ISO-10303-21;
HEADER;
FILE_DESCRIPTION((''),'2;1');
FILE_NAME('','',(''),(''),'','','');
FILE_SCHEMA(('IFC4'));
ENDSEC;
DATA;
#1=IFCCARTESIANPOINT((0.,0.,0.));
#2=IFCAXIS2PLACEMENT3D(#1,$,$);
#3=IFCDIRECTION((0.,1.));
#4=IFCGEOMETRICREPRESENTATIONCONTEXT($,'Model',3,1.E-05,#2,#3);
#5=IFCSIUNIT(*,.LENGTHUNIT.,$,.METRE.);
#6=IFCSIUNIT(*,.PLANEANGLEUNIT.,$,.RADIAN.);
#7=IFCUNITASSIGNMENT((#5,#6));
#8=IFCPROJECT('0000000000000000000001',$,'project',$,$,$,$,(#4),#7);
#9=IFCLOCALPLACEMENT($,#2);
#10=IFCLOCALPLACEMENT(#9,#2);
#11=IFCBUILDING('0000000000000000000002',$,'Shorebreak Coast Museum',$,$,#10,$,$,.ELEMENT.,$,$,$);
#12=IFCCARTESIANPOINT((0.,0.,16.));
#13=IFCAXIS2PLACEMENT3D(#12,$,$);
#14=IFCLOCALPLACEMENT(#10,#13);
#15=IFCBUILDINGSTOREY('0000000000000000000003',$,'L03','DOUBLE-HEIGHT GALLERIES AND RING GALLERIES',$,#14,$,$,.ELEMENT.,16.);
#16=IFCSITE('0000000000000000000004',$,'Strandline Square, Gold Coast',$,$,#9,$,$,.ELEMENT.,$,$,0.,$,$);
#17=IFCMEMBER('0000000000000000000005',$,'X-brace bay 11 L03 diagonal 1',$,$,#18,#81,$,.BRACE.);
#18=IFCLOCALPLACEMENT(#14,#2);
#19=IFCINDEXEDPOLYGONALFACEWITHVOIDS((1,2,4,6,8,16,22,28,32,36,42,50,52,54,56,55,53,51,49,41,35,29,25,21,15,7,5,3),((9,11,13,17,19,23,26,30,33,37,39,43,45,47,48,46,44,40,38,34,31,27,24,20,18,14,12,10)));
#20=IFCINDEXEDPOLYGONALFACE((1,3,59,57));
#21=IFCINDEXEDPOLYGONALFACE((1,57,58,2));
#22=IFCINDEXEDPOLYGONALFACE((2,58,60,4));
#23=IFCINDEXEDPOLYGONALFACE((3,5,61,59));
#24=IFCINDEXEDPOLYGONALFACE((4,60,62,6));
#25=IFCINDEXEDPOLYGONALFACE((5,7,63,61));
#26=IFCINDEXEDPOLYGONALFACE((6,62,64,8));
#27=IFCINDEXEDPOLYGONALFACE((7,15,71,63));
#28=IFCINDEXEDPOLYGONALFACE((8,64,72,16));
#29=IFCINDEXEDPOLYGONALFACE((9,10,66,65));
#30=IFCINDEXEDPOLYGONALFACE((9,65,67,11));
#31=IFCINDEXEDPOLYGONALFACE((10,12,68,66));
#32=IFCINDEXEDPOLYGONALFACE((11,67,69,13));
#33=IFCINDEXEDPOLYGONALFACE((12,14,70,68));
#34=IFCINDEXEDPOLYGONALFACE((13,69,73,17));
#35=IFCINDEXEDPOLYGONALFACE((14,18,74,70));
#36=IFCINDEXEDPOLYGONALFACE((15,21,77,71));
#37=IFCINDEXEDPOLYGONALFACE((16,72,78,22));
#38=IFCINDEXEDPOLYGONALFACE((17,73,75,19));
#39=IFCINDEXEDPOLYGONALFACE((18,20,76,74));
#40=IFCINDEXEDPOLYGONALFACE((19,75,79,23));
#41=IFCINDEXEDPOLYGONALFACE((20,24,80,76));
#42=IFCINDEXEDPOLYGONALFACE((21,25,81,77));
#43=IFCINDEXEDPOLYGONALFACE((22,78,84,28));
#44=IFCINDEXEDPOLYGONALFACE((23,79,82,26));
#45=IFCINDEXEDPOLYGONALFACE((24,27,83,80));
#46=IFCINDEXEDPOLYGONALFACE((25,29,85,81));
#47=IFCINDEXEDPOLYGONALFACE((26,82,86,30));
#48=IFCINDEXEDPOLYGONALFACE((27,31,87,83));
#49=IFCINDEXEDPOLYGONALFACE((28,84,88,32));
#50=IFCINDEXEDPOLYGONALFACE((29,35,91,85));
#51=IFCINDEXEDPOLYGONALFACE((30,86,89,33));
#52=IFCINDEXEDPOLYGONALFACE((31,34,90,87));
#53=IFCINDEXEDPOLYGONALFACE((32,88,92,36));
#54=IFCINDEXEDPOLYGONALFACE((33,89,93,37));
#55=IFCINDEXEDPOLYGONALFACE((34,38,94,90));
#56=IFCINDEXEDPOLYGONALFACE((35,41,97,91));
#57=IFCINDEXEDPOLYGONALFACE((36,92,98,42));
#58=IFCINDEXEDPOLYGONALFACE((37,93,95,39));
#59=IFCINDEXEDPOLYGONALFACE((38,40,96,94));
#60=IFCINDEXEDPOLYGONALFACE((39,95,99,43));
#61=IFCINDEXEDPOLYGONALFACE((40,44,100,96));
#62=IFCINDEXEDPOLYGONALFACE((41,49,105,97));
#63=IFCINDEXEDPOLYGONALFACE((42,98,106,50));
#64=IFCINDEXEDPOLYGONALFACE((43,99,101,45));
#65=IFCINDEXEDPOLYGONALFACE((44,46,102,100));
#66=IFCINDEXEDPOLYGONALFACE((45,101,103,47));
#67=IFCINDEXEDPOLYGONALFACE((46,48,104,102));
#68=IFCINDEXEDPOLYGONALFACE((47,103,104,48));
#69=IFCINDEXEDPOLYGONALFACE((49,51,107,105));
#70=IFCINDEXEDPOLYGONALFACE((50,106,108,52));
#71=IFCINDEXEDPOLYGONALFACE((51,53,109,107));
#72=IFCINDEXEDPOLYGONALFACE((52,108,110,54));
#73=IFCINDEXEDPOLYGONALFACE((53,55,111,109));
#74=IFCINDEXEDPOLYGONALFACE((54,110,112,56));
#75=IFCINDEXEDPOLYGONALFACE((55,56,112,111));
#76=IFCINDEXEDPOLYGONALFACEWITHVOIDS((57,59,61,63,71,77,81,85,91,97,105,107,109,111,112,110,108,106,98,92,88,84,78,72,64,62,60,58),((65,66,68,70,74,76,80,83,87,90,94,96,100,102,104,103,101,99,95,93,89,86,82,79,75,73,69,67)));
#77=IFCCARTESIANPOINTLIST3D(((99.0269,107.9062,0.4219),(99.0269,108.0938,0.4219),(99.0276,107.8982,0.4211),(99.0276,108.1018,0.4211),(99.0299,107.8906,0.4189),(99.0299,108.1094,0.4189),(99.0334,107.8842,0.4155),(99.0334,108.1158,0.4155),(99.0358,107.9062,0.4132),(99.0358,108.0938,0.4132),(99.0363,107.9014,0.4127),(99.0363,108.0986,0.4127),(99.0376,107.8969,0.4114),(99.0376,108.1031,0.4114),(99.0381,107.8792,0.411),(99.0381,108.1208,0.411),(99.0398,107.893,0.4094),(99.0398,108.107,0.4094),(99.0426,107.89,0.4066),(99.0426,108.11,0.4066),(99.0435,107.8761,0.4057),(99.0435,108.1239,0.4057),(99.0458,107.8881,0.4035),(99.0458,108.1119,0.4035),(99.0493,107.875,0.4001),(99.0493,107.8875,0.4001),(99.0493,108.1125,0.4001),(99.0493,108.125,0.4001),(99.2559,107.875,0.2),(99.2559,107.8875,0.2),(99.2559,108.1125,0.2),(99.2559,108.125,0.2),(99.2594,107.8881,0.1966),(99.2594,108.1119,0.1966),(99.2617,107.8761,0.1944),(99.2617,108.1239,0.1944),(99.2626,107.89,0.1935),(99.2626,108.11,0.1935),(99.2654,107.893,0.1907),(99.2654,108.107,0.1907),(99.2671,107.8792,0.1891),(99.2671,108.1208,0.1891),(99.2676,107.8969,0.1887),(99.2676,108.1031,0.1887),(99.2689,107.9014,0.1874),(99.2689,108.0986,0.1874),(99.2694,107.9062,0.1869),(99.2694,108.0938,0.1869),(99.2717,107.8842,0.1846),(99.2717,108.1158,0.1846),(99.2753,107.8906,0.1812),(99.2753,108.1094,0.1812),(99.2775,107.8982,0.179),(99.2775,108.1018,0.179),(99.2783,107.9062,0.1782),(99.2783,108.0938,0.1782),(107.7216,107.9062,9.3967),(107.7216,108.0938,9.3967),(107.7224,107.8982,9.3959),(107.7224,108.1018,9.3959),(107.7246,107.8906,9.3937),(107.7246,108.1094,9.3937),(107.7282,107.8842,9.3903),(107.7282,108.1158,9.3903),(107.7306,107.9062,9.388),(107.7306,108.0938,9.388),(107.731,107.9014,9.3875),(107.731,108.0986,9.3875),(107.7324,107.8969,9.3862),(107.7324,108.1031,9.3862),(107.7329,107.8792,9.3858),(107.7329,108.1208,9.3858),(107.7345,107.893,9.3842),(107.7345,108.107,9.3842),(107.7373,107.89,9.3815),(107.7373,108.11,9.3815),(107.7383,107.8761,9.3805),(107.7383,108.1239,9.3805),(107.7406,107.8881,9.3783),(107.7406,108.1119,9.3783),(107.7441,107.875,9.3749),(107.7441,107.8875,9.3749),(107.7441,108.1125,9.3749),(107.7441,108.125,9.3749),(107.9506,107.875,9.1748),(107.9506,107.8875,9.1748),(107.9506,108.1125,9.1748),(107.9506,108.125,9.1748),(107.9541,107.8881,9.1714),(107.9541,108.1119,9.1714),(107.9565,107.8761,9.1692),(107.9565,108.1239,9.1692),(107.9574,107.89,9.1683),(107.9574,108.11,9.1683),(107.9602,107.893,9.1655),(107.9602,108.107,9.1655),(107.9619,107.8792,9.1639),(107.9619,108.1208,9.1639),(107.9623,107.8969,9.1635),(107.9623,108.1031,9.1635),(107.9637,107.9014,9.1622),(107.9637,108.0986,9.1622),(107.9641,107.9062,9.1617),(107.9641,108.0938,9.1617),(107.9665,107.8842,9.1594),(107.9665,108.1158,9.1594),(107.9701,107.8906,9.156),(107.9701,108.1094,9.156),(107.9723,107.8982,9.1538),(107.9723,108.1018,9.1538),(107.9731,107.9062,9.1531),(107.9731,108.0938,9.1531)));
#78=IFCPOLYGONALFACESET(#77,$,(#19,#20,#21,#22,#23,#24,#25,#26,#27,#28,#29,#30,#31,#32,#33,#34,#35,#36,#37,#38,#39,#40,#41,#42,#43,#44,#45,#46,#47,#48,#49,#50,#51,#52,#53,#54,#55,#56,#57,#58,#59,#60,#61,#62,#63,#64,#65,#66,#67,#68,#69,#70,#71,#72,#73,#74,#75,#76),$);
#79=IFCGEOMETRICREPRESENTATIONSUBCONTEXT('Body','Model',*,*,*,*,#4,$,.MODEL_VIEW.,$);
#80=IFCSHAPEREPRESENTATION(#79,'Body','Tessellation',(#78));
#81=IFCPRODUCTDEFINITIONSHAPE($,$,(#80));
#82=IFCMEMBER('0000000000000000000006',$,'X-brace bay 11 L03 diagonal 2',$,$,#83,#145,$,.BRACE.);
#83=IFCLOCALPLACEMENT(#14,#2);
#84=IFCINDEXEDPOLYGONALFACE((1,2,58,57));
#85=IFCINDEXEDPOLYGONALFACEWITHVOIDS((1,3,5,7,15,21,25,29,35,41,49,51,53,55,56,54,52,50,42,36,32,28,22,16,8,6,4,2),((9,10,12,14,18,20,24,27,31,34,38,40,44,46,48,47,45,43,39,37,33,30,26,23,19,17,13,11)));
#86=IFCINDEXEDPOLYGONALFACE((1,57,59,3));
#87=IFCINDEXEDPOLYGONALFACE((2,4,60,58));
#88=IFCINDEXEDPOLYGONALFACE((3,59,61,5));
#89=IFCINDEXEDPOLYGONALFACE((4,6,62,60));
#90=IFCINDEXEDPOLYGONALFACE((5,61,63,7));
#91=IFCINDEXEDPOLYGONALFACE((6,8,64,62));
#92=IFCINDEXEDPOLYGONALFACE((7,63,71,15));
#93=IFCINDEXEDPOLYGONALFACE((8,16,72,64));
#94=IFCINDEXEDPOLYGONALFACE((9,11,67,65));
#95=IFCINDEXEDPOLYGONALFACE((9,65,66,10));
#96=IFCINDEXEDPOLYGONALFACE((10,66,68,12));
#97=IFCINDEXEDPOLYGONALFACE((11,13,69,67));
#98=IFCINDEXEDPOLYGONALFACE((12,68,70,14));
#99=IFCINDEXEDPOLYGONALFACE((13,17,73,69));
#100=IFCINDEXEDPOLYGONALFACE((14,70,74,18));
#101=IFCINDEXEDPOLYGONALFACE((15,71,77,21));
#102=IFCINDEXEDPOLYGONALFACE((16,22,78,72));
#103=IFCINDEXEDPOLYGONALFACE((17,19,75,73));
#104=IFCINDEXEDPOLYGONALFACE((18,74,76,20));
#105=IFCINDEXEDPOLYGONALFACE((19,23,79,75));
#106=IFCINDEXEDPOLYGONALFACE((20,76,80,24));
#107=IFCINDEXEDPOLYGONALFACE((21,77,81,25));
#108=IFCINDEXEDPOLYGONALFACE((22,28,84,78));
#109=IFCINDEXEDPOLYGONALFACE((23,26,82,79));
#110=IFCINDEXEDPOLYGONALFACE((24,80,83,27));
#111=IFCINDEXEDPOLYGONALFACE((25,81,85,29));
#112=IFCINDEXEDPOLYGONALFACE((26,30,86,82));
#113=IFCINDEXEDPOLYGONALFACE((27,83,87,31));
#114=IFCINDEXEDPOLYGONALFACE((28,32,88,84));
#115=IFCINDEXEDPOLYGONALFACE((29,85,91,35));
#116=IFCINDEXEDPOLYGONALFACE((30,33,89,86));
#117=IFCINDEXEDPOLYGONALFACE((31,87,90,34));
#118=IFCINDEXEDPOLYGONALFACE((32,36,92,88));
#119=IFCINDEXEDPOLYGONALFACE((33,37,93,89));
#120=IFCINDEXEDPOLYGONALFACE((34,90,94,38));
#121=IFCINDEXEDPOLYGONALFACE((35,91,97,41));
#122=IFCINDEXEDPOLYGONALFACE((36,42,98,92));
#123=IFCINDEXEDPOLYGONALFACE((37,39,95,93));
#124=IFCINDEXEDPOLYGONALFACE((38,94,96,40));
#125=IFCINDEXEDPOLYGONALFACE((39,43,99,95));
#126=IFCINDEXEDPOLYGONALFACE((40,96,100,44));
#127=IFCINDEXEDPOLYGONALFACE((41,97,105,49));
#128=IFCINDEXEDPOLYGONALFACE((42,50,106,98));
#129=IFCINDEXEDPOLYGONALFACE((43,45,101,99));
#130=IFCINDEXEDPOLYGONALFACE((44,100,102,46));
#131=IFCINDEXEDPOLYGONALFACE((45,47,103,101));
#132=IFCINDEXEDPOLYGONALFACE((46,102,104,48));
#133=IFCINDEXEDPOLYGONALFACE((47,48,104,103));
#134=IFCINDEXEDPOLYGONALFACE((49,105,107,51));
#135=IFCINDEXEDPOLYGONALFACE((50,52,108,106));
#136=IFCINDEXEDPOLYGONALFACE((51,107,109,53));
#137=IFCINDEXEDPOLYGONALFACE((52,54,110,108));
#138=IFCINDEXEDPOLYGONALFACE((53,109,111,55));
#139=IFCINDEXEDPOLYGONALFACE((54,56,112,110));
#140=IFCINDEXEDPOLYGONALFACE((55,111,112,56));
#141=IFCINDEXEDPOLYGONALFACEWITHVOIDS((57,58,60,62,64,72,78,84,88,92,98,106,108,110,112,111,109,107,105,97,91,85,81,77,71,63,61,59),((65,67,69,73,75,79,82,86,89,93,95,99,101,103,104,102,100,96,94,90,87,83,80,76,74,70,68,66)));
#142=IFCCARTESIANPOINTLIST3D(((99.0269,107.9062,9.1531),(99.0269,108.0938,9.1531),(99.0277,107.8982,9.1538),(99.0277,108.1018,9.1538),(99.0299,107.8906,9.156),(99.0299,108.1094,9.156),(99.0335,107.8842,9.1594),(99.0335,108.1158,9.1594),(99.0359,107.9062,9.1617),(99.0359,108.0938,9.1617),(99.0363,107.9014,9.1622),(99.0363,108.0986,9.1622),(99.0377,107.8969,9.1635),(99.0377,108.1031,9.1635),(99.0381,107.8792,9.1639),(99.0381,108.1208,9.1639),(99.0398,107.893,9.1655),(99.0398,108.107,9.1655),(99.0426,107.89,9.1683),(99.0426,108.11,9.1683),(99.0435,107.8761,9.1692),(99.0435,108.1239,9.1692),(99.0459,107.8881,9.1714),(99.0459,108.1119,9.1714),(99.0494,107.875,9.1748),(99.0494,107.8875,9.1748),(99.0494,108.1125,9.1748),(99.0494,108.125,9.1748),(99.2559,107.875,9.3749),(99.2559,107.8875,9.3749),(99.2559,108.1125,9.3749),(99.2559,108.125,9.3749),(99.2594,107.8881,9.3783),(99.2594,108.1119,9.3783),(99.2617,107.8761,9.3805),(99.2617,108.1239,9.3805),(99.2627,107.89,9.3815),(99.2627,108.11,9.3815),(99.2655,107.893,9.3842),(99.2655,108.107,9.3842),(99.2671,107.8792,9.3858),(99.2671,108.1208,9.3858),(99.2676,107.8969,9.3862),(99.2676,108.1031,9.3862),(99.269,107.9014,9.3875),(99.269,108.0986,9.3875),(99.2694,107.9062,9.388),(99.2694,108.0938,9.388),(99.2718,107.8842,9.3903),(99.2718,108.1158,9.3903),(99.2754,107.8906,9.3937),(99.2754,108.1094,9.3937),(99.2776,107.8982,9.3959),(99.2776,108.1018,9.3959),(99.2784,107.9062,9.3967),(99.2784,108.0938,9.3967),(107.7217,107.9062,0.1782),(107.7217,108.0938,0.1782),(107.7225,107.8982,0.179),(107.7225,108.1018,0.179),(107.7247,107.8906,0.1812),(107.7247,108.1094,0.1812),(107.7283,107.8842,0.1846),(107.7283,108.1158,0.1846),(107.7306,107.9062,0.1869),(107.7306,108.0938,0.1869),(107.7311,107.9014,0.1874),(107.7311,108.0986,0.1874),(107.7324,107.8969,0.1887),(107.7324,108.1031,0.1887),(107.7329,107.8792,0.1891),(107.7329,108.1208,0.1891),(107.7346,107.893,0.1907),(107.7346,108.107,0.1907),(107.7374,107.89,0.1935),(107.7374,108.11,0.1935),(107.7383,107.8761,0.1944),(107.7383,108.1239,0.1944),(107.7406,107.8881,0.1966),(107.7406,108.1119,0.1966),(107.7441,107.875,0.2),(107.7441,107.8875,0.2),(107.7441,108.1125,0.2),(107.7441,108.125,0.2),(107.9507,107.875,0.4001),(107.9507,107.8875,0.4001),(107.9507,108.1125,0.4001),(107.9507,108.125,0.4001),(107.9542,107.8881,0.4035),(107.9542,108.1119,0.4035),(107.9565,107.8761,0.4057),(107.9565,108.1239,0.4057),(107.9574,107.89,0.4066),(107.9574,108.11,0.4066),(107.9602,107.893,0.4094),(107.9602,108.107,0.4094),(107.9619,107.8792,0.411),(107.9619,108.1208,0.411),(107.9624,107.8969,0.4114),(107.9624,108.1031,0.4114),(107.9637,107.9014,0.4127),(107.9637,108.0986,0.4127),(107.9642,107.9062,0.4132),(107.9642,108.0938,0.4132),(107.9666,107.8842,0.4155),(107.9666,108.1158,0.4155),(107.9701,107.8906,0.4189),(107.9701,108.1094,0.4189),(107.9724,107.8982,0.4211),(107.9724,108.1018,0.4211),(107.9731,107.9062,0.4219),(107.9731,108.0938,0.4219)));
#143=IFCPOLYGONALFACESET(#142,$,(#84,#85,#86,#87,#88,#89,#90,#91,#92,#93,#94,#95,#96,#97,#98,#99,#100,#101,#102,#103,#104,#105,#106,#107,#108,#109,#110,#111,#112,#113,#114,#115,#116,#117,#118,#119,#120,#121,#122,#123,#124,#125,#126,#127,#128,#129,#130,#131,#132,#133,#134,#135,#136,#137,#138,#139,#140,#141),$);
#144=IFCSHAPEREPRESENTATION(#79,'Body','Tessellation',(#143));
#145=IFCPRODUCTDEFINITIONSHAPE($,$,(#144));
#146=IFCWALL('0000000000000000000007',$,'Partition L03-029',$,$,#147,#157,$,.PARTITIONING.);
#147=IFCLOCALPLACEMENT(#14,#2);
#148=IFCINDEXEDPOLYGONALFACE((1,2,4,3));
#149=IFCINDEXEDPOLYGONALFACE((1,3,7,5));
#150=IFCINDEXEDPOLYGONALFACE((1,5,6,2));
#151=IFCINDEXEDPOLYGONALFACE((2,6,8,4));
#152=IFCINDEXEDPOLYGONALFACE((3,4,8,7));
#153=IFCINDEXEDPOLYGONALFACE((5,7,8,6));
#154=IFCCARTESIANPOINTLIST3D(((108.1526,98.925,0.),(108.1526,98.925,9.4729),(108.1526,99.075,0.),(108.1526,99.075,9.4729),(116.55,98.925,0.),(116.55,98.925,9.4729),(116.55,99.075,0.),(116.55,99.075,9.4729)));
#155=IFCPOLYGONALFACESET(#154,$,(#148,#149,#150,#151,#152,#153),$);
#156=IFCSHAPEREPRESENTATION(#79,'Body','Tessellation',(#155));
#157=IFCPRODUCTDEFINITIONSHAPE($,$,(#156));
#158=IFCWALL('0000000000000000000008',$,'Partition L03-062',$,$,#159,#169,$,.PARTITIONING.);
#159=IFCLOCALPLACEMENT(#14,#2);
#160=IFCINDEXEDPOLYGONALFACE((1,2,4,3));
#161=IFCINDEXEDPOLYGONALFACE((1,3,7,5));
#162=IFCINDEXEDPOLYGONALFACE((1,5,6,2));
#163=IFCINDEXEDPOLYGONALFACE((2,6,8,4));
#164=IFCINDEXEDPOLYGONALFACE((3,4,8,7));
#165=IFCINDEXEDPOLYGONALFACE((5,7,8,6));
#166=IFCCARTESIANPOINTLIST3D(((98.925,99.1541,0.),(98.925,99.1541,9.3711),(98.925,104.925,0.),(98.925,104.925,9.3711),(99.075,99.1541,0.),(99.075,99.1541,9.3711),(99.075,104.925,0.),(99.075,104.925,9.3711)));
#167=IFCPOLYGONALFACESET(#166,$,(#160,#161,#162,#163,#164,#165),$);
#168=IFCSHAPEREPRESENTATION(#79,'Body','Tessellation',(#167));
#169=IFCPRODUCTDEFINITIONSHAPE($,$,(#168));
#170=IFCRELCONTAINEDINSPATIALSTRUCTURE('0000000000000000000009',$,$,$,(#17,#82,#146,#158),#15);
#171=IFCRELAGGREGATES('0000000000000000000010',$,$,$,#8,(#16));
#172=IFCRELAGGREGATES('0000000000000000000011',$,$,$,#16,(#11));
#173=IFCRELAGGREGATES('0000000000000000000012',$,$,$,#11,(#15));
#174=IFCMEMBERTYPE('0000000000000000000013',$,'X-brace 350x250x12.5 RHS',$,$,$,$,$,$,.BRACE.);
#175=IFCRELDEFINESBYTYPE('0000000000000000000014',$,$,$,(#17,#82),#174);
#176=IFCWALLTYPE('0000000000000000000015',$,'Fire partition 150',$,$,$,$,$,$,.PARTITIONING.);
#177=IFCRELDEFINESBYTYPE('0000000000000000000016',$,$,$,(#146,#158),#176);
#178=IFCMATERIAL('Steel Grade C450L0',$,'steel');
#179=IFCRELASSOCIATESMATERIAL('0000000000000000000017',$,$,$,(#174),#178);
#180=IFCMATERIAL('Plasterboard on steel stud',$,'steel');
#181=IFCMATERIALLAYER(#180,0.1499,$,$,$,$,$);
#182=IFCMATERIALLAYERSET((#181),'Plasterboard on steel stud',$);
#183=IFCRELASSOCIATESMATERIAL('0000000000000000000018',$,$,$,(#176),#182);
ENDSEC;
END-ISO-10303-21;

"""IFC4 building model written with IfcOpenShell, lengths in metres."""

from ifc_helpers import new_model, si_unit, direction, frame, frame_2d, origin, origin_2d, place, context, subcontext, project, spatial, rectangle, hollow_rectangle, extrude, material, layer, layer_set, material_profile, profile_set, type_object, element, save


model = new_model("IFC4")

# Units and contexts
model_context = context("Model", 3, precision=1e-05, world=origin(), true_north=direction((0.0, 1.0)))
body_context = subcontext(model_context, "Body", "Model", "MODEL_VIEW")
ifc_project = project(units=[si_unit("LENGTHUNIT", "METRE"), si_unit("PLANEANGLEUNIT", "RADIAN")], contexts=[model_context])

# Site, building, storey
site_placement = place(None, origin())
site = spatial("IfcSite", under=ifc_project, at=site_placement, Name="Strandline Square, Gold Coast", CompositionType="ELEMENT", RefElevation=0.0)
building_placement = place(site_placement, origin())
building = spatial("IfcBuilding", under=site, at=building_placement, Name="Shorebreak Coast Museum", CompositionType="ELEMENT")
storey_placement = place(building_placement, frame((0.0, 0.0, 16.0)))
storey = spatial("IfcBuildingStorey", under=building, at=storey_placement, Name="L03", Description="DOUBLE-HEIGHT GALLERIES AND RING GALLERIES", CompositionType="ELEMENT", Elevation=16.0)

# Members
ifc_material_1 = material(Name="Steel Grade C450L0", Category="steel")
ifc_material_profile_1 = material_profile(ifc_material_1, hollow_rectangle(XDim=0.25, YDim=0.3501, WallThickness=0.0125, InnerFilletRadius=0.0188, OuterFilletRadius=0.0312, at=origin_2d()), Name="350x250x12.5 RHS")
ifc_profile_set_1 = profile_set([ifc_material_profile_1], Name="Steel Grade C450L0")
member_type = type_object("IfcMemberType", Name="X-brace 350x250x12.5 RHS", PredefinedType="BRACE", material=ifc_profile_set_1)
for number, where, z_axis, x_axis, name in (
    (1, (99.1526, 108.0, 0.3), (0.695813, 0.0, 0.718223), (0.0, 1.0, 0.0), "X-brace bay 11 L03 diagonal 1"),
    (2, (107.8474, 108.0, 0.3), (-0.695813, 0.0, 0.718223), (0.0, -1.0, 0.0), "X-brace bay 11 L03 diagonal 2"),
):
    element("IfcMember", number, at=place(storey_placement, frame(where, z_axis=z_axis, x_axis=x_axis)), inside=storey, type_object=member_type, Name=name, PredefinedType="BRACE", context=body_context, shape_type="SweptSolid", body=[
        extrude(hollow_rectangle(XDim=0.25, YDim=0.3501, WallThickness=0.0125, InnerFilletRadius=0.0188, OuterFilletRadius=0.0312, at=origin_2d()), origin(), (0.0, 0.0, 1.0), 12.4958),
    ])

# Walls
ifc_material_2 = material(Name="Plasterboard on steel stud", Category="steel")
ifc_layer_1 = layer(ifc_material_2, 0.1499)
ifc_layer_set_1 = layer_set([ifc_layer_1], Name="Plasterboard on steel stud")
wall_type_1 = type_object("IfcWallType", Name="Fire partition 150", PredefinedType="PARTITIONING", material=ifc_layer_set_1)
wall_1_placement = place(storey_placement, frame((108.1526, 99.0, 0.0), z_axis=(0.0, 0.0, 1.0), x_axis=(1.0, 0.0, 0.0)))
element("IfcWall", 3, at=wall_1_placement, inside=storey, type_object=wall_type_1, Name="Partition L03-029", PredefinedType="PARTITIONING", context=body_context, shape_type="SweptSolid", body=[
    extrude(rectangle(XDim=8.3975, YDim=0.1499, at=frame_2d((4.1987, 0.0))), origin(), (0.0, 0.0, 1.0), 9.4729),
])
wall_2_placement = place(storey_placement, frame((99.0, 99.1541, 0.0), z_axis=(0.0, 0.0, 1.0), x_axis=(0.0, 1.0, 0.0)))
element("IfcWall", 4, at=wall_2_placement, inside=storey, type_object=wall_type_1, Name="Partition L03-062", PredefinedType="PARTITIONING", context=body_context, shape_type="SweptSolid", body=[
    extrude(rectangle(XDim=5.771, YDim=0.1499, at=frame_2d((2.8855, 0.0))), origin(), (0.0, 0.0, 1.0), 9.3711),
])

save(model, "model.ifc")
